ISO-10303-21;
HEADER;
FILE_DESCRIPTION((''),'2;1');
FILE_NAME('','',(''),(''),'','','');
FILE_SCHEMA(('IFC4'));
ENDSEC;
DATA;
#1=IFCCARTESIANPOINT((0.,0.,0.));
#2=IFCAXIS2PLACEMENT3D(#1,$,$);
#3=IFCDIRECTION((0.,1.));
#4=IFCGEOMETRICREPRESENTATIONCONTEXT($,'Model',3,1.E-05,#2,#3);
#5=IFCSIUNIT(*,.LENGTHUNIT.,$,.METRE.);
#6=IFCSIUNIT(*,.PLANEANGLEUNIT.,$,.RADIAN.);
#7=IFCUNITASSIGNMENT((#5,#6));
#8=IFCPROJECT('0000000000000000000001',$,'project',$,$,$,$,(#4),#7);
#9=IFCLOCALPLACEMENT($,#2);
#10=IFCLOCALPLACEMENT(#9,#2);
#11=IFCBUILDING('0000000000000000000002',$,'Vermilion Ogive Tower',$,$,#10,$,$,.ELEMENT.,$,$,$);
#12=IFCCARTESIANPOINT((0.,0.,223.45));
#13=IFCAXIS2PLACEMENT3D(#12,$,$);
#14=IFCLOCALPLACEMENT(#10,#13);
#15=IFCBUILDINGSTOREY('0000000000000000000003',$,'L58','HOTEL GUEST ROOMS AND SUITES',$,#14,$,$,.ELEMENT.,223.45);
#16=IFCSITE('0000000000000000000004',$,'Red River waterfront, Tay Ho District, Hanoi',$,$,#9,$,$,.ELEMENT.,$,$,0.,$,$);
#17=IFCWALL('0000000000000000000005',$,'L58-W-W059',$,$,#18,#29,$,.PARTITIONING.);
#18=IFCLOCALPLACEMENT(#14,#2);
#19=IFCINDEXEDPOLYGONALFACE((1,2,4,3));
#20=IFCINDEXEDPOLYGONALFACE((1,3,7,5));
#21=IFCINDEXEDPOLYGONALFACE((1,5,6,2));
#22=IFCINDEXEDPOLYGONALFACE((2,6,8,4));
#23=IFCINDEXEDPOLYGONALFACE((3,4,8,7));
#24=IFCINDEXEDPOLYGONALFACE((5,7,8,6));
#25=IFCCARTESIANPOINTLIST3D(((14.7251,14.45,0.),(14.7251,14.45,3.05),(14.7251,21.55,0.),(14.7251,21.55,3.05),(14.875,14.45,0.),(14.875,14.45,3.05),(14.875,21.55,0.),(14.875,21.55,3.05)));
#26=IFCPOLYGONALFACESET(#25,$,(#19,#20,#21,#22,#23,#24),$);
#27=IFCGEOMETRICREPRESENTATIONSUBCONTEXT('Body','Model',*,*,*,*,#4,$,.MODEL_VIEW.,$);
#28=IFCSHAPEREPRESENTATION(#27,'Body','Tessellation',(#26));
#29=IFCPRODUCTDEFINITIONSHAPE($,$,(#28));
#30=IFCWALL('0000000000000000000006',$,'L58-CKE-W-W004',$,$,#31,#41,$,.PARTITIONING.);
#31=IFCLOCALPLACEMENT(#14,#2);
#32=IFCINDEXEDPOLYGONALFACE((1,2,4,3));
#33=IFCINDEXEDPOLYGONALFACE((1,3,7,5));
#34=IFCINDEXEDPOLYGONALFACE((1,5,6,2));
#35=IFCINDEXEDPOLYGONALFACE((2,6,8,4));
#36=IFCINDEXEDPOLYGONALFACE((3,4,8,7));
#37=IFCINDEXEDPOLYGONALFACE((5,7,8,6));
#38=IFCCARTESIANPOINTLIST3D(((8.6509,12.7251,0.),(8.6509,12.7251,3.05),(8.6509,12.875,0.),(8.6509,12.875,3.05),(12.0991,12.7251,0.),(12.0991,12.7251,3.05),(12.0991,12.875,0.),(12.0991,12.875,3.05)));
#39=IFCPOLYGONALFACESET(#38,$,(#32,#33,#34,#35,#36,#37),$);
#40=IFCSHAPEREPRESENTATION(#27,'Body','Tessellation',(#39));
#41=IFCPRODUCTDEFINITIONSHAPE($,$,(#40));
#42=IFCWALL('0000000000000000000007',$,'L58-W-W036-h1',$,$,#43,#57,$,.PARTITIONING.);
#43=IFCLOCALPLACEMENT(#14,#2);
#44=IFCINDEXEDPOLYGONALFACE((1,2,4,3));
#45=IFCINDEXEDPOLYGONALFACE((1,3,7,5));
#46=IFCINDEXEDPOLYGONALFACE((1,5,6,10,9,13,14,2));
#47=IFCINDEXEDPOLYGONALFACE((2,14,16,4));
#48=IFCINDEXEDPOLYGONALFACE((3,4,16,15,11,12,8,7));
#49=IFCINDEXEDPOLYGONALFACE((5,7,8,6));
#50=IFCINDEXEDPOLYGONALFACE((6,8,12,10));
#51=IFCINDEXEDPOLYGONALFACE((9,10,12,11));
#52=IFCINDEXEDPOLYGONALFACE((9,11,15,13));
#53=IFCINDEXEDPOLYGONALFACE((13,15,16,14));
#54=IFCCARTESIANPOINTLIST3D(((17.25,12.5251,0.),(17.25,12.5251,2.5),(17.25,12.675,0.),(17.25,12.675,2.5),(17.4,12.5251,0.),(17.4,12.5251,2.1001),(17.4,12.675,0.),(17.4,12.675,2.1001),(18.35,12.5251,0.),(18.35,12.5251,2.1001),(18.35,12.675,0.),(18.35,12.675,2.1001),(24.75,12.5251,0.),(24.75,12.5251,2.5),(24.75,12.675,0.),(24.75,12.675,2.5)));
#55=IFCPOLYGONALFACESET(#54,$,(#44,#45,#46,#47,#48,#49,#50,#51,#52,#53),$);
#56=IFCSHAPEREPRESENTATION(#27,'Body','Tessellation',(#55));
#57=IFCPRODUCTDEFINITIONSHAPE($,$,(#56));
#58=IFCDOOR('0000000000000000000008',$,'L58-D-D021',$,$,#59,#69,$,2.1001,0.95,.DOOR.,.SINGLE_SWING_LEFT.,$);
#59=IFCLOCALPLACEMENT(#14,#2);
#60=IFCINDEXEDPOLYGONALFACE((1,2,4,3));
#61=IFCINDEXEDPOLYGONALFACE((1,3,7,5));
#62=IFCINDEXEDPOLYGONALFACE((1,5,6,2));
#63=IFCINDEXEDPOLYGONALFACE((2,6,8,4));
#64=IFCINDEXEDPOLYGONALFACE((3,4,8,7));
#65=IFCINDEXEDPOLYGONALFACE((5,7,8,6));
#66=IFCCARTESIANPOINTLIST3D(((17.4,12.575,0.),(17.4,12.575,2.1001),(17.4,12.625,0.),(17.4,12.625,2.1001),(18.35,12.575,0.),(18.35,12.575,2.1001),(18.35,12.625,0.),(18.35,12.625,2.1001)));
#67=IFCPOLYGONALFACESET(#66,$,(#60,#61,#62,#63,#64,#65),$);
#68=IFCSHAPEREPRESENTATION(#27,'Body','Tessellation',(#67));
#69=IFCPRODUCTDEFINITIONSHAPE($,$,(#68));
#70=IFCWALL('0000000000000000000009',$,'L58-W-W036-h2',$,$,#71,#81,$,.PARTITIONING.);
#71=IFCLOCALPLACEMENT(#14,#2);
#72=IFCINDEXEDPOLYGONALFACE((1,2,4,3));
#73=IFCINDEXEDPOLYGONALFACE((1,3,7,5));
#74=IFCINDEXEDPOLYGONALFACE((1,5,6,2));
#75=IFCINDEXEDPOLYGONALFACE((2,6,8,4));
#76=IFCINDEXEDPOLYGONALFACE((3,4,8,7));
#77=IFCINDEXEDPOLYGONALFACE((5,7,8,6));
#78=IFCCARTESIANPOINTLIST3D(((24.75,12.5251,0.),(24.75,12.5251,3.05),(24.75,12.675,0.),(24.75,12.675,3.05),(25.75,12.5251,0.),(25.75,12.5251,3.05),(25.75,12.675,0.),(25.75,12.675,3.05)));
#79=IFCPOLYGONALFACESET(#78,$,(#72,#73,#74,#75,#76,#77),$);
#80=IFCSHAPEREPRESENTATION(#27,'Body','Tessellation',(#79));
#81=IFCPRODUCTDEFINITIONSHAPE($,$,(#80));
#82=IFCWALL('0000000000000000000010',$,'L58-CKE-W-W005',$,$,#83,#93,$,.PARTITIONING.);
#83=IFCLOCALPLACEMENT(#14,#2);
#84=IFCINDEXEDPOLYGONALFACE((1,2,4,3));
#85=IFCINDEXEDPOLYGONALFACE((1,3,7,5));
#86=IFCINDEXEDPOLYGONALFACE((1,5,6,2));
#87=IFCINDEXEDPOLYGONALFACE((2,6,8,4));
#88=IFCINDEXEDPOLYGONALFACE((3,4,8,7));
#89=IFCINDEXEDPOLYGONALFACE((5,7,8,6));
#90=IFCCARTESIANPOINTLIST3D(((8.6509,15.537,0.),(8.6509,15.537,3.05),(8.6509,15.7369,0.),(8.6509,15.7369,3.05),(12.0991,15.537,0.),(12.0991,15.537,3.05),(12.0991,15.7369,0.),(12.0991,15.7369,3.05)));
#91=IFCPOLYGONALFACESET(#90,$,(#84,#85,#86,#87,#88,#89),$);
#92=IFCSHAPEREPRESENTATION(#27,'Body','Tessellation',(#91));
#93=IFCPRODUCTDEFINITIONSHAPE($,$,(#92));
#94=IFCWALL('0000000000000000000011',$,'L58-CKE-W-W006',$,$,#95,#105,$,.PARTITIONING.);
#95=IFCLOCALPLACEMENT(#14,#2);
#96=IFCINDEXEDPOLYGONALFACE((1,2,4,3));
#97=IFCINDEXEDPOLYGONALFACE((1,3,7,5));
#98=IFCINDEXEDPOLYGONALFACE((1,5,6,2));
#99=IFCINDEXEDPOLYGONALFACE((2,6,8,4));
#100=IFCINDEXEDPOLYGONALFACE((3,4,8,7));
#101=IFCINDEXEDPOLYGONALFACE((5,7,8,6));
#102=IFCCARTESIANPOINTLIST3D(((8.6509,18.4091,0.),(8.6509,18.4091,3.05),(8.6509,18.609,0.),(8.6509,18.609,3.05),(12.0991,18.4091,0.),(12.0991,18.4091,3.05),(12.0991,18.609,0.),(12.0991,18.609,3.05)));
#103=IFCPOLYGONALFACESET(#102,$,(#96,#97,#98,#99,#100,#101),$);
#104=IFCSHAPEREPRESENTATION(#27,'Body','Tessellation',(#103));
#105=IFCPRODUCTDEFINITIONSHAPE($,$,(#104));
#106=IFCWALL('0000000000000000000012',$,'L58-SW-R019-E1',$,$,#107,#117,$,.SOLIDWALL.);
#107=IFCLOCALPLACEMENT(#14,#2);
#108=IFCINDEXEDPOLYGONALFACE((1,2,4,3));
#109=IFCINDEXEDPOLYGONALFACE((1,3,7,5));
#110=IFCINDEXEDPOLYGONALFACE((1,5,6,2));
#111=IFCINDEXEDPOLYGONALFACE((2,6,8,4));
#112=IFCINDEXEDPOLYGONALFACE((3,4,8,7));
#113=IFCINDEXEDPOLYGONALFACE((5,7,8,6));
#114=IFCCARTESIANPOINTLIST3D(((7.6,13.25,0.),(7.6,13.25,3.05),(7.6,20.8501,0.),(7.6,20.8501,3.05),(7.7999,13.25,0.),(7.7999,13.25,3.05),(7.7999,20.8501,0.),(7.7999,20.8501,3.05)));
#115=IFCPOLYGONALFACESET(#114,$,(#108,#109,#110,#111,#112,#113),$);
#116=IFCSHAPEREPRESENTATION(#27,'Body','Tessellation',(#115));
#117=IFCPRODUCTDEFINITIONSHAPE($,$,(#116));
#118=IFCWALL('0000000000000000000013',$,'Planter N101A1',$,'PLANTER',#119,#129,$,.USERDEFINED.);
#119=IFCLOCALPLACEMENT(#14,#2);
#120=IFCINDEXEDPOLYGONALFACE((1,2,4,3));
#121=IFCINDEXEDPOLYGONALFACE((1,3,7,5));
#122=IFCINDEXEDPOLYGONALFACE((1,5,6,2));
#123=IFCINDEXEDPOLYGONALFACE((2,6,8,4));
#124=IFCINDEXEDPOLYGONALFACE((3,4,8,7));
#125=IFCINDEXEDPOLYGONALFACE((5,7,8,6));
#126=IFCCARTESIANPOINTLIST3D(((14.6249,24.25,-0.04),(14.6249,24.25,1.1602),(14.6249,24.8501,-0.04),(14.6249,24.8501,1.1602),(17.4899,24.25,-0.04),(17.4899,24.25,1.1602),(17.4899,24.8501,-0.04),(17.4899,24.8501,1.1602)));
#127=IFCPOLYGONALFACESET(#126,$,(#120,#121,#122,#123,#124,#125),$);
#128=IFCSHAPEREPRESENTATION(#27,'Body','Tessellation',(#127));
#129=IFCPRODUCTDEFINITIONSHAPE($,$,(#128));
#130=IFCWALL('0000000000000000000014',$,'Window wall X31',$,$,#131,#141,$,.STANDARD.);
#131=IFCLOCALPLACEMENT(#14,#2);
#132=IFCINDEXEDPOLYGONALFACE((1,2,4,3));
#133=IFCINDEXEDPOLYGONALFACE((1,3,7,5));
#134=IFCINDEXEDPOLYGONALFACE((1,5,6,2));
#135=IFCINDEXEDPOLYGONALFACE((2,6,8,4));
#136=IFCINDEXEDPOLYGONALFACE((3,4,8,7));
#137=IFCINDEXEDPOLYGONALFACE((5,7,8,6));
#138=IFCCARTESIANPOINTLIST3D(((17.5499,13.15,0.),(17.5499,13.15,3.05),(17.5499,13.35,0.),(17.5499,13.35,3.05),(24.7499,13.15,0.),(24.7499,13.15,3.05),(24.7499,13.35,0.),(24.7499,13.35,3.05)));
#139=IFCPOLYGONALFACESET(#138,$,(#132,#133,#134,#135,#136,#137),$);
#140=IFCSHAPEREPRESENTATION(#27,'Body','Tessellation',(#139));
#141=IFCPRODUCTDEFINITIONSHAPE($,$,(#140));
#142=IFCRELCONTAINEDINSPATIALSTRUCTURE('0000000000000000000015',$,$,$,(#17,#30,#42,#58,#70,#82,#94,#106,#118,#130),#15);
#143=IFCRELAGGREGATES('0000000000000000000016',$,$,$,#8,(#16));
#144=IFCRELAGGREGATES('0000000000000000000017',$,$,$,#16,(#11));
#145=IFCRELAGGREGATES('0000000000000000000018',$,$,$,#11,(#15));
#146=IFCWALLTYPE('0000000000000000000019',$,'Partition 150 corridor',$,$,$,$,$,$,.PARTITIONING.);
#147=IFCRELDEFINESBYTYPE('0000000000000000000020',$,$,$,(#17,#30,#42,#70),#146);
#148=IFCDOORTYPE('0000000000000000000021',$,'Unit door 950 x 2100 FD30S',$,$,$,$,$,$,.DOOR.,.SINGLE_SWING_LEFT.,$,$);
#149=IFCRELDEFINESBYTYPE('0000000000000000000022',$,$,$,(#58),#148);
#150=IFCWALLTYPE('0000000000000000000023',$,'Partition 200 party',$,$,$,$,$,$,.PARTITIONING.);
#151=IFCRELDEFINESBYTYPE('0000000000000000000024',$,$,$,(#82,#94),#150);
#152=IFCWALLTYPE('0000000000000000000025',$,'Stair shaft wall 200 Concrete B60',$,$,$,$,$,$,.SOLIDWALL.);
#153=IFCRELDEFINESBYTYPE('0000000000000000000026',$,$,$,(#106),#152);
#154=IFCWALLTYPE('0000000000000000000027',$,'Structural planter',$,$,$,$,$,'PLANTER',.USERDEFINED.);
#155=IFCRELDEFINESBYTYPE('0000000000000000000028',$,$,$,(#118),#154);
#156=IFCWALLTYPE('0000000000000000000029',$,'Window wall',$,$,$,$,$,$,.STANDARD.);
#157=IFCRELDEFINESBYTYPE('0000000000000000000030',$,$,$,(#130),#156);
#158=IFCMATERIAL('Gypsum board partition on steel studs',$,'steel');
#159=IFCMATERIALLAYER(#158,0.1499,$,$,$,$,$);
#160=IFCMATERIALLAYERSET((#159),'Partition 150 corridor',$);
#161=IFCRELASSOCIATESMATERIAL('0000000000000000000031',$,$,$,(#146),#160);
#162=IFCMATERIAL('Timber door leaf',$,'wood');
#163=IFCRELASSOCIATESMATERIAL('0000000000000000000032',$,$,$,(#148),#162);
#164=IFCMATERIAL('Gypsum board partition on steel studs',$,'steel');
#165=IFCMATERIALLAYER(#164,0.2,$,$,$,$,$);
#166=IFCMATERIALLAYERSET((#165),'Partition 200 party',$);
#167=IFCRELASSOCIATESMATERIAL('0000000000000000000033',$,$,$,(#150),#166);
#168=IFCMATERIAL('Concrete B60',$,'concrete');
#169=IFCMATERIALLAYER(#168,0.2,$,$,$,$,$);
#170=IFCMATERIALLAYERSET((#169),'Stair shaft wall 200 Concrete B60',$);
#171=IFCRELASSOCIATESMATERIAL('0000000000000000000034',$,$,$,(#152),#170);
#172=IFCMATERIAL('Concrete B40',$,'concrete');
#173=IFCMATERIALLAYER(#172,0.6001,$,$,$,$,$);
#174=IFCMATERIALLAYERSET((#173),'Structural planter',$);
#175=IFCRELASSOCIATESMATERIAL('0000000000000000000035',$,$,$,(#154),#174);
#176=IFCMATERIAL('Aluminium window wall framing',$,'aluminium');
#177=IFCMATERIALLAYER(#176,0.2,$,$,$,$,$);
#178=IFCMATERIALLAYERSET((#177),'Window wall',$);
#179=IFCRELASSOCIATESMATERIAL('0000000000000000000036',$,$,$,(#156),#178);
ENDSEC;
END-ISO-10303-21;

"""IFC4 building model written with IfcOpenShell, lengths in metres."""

from ifc_helpers import new_model, si_unit, direction, frame, frame_2d, origin, place, context, subcontext, project, spatial, rectangle, extrude, material, layer, layer_set, type_object, element, fill, save


model = new_model("IFC4")

# Units and contexts
model_context = context("Model", 3, precision=1e-05, world=origin(), true_north=direction((0.0, 1.0)))
body_context = subcontext(model_context, "Body", "Model", "MODEL_VIEW")
ifc_project = project(units=[si_unit("LENGTHUNIT", "METRE"), si_unit("PLANEANGLEUNIT", "RADIAN")], contexts=[model_context])

# Site, building, storey
site_placement = place(None, origin())
site = spatial("IfcSite", under=ifc_project, at=site_placement, Name="Red River waterfront, Tay Ho District, Hanoi", CompositionType="ELEMENT", RefElevation=0.0)
building_placement = place(site_placement, origin())
building = spatial("IfcBuilding", under=site, at=building_placement, Name="Vermilion Ogive Tower", CompositionType="ELEMENT")
storey_placement = place(building_placement, frame((0.0, 0.0, 223.45)))
storey = spatial("IfcBuildingStorey", under=building, at=storey_placement, Name="L58", Description="HOTEL GUEST ROOMS AND SUITES", CompositionType="ELEMENT", Elevation=223.45)

# Walls
ifc_material_1 = material(Name="Gypsum board partition on steel studs", Category="steel")
ifc_layer_1 = layer(ifc_material_1, 0.1499)
ifc_layer_set_1 = layer_set([ifc_layer_1], Name="Partition 150 corridor")
wall_type_1 = type_object("IfcWallType", Name="Partition 150 corridor", PredefinedType="PARTITIONING", material=ifc_layer_set_1)
wall_1_placement = place(storey_placement, frame((14.8, 14.45, 0.0), z_axis=(0.0, 0.0, 1.0), x_axis=(0.0, 1.0, 0.0)))
element("IfcWall", 1, at=wall_1_placement, inside=storey, type_object=wall_type_1, Name="L58-W-W059", PredefinedType="PARTITIONING", context=body_context, shape_type="SweptSolid", body=[
    extrude(rectangle(XDim=7.1001, YDim=0.1499, at=frame_2d((3.55, 0.0))), origin(), (0.0, 0.0, 1.0), 3.05),
])
wall_2_placement = place(storey_placement, frame((8.6509, 12.8, 0.0), z_axis=(0.0, 0.0, 1.0), x_axis=(1.0, 0.0, 0.0)))
element("IfcWall", 2, at=wall_2_placement, inside=storey, type_object=wall_type_1, Name="L58-CKE-W-W004", PredefinedType="PARTITIONING", context=body_context, shape_type="SweptSolid", body=[
    extrude(rectangle(XDim=3.4482, YDim=0.1499, at=frame_2d((1.7241, 0.0))), origin(), (0.0, 0.0, 1.0), 3.05),
])

# Wall, opening, door
wall_3_placement = place(storey_placement, frame((17.25, 12.6001, 0.0), z_axis=(0.0, 0.0, 1.0), x_axis=(1.0, 0.0, 0.0)))
wall_3 = element("IfcWall", 3, at=wall_3_placement, inside=storey, type_object=wall_type_1, Name="L58-W-W036-h1", PredefinedType="PARTITIONING", context=body_context, shape_type="SweptSolid", body=[
    extrude(rectangle(XDim=7.5, YDim=0.1499, at=frame_2d((3.75, 0.0))), origin(), (0.0, 0.0, 1.0), 2.5),
])
opening_1_placement = place(wall_3_placement, frame((0.1499, 0.0, 0.0)))
opening_1 = element("IfcOpeningElement", 4, at=opening_1_placement, cuts=wall_3, PredefinedType="OPENING", context=body_context, shape_type="SweptSolid", body=[
    extrude(rectangle(XDim=0.95, YDim=2.1001, at=frame_2d((0.4751, 1.05))), frame((0.0, 0.085, 0.0), z_axis=(0.0, -1.0, 0.0), x_axis=(1.0, 0.0, 0.0)), (0.0, 0.0, 1.0), 0.1699),
])
ifc_material_2 = material(Name="Timber door leaf", Category="wood")
door_type_1 = type_object("IfcDoorType", Name="Unit door 950 x 2100 FD30S", OperationType="SINGLE_SWING_LEFT", PredefinedType="DOOR", material=ifc_material_2)
door_1_placement = place(opening_1_placement, origin())
door_1 = element("IfcDoor", 5, at=door_1_placement, inside=storey, type_object=door_type_1, Name="L58-D-D021", OperationType="SINGLE_SWING_LEFT", OverallHeight=2.1001, OverallWidth=0.95, PredefinedType="DOOR", context=body_context, shape_type="SweptSolid", body=[
    extrude(rectangle(XDim=0.95, YDim=2.1001, at=frame_2d((0.4751, 1.05))), frame((0.0, 0.0249, 0.0), z_axis=(0.0, -1.0, 0.0), x_axis=(1.0, 0.0, 0.0)), (0.0, 0.0, 1.0), 0.05),
])
fill(opening_1, door_1)

# Walls
wall_4_placement = place(storey_placement, frame((24.75, 12.6001, 0.0), z_axis=(0.0, 0.0, 1.0), x_axis=(1.0, 0.0, 0.0)))
element("IfcWall", 6, at=wall_4_placement, inside=storey, type_object=wall_type_1, Name="L58-W-W036-h2", PredefinedType="PARTITIONING", context=body_context, shape_type="SweptSolid", body=[
    extrude(rectangle(XDim=1.0, YDim=0.1499, at=frame_2d((0.5, 0.0))), origin(), (0.0, 0.0, 1.0), 3.05),
])
ifc_material_3 = material(Name="Gypsum board partition on steel studs", Category="steel")
ifc_layer_2 = layer(ifc_material_3, 0.2)
ifc_layer_set_2 = layer_set([ifc_layer_2], Name="Partition 200 party")
wall_type_2 = type_object("IfcWallType", Name="Partition 200 party", PredefinedType="PARTITIONING", material=ifc_layer_set_2)
for number, where, z_axis, x_axis, name in (
    (7, (8.6509, 15.637, 0.0), (0.0, 0.0, 1.0), (1.0, 0.0, 0.0), "L58-CKE-W-W005"),
    (8, (8.6509, 18.509, 0.0), (0.0, 0.0, 1.0), (1.0, 0.0, 0.0), "L58-CKE-W-W006"),
):
    element("IfcWall", number, at=place(storey_placement, frame(where, z_axis=z_axis, x_axis=x_axis)), inside=storey, type_object=wall_type_2, Name=name, PredefinedType="PARTITIONING", context=body_context, shape_type="SweptSolid", body=[
        extrude(rectangle(XDim=3.4482, YDim=0.2, at=frame_2d((1.7241, 0.0))), origin(), (0.0, 0.0, 1.0), 3.05),
    ])
ifc_material_4 = material(Name="Concrete B60", Category="concrete")
ifc_layer_3 = layer(ifc_material_4, 0.2)
ifc_layer_set_3 = layer_set([ifc_layer_3], Name="Stair shaft wall 200 Concrete B60")
wall_type_3 = type_object("IfcWallType", Name="Stair shaft wall 200 Concrete B60", PredefinedType="SOLIDWALL", material=ifc_layer_set_3)
wall_5_placement = place(storey_placement, frame((7.7, 13.25, 0.0), z_axis=(0.0, 0.0, 1.0), x_axis=(0.0, 1.0, 0.0)))
element("IfcWall", 9, at=wall_5_placement, inside=storey, type_object=wall_type_3, Name="L58-SW-R019-E1", PredefinedType="SOLIDWALL", context=body_context, shape_type="SweptSolid", body=[
    extrude(rectangle(XDim=7.6001, YDim=0.2, at=frame_2d((3.8, 0.0))), origin(), (0.0, 0.0, 1.0), 3.05),
])
ifc_material_5 = material(Name="Concrete B40", Category="concrete")
ifc_layer_4 = layer(ifc_material_5, 0.6001)
ifc_layer_set_4 = layer_set([ifc_layer_4], Name="Structural planter")
wall_type_4 = type_object("IfcWallType", Name="Structural planter", ElementType="PLANTER", PredefinedType="USERDEFINED", material=ifc_layer_set_4)
wall_6_placement = place(storey_placement, frame((17.49, 24.55, -0.04), z_axis=(0.0, 0.0, 1.0), x_axis=(-1.0, 0.0, 0.0)))
element("IfcWall", 10, at=wall_6_placement, inside=storey, type_object=wall_type_4, Name="Planter N101A1", ObjectType="PLANTER", PredefinedType="USERDEFINED", context=body_context, shape_type="SweptSolid", body=[
    extrude(rectangle(XDim=2.865, YDim=0.6001, at=frame_2d((1.4326, 0.0))), origin(), (0.0, 0.0, 1.0), 1.2002),
])
ifc_material_6 = material(Name="Aluminium window wall framing", Category="aluminium")
ifc_layer_5 = layer(ifc_material_6, 0.2)
ifc_layer_set_5 = layer_set([ifc_layer_5], Name="Window wall")
wall_type_5 = type_object("IfcWallType", Name="Window wall", PredefinedType="STANDARD", material=ifc_layer_set_5)
wall_7_placement = place(storey_placement, frame((24.75, 13.25, 0.0), z_axis=(0.0, 0.0, 1.0), x_axis=(-1.0, 0.0, 0.0)))
element("IfcWall", 11, at=wall_7_placement, inside=storey, type_object=wall_type_5, Name="Window wall X31", PredefinedType="STANDARD", context=body_context, shape_type="SweptSolid", body=[
    extrude(rectangle(XDim=7.2, YDim=0.2, at=frame_2d((3.6001, 0.0))), origin(), (0.0, 0.0, 1.0), 3.05),
])

save(model, "model.ifc")
